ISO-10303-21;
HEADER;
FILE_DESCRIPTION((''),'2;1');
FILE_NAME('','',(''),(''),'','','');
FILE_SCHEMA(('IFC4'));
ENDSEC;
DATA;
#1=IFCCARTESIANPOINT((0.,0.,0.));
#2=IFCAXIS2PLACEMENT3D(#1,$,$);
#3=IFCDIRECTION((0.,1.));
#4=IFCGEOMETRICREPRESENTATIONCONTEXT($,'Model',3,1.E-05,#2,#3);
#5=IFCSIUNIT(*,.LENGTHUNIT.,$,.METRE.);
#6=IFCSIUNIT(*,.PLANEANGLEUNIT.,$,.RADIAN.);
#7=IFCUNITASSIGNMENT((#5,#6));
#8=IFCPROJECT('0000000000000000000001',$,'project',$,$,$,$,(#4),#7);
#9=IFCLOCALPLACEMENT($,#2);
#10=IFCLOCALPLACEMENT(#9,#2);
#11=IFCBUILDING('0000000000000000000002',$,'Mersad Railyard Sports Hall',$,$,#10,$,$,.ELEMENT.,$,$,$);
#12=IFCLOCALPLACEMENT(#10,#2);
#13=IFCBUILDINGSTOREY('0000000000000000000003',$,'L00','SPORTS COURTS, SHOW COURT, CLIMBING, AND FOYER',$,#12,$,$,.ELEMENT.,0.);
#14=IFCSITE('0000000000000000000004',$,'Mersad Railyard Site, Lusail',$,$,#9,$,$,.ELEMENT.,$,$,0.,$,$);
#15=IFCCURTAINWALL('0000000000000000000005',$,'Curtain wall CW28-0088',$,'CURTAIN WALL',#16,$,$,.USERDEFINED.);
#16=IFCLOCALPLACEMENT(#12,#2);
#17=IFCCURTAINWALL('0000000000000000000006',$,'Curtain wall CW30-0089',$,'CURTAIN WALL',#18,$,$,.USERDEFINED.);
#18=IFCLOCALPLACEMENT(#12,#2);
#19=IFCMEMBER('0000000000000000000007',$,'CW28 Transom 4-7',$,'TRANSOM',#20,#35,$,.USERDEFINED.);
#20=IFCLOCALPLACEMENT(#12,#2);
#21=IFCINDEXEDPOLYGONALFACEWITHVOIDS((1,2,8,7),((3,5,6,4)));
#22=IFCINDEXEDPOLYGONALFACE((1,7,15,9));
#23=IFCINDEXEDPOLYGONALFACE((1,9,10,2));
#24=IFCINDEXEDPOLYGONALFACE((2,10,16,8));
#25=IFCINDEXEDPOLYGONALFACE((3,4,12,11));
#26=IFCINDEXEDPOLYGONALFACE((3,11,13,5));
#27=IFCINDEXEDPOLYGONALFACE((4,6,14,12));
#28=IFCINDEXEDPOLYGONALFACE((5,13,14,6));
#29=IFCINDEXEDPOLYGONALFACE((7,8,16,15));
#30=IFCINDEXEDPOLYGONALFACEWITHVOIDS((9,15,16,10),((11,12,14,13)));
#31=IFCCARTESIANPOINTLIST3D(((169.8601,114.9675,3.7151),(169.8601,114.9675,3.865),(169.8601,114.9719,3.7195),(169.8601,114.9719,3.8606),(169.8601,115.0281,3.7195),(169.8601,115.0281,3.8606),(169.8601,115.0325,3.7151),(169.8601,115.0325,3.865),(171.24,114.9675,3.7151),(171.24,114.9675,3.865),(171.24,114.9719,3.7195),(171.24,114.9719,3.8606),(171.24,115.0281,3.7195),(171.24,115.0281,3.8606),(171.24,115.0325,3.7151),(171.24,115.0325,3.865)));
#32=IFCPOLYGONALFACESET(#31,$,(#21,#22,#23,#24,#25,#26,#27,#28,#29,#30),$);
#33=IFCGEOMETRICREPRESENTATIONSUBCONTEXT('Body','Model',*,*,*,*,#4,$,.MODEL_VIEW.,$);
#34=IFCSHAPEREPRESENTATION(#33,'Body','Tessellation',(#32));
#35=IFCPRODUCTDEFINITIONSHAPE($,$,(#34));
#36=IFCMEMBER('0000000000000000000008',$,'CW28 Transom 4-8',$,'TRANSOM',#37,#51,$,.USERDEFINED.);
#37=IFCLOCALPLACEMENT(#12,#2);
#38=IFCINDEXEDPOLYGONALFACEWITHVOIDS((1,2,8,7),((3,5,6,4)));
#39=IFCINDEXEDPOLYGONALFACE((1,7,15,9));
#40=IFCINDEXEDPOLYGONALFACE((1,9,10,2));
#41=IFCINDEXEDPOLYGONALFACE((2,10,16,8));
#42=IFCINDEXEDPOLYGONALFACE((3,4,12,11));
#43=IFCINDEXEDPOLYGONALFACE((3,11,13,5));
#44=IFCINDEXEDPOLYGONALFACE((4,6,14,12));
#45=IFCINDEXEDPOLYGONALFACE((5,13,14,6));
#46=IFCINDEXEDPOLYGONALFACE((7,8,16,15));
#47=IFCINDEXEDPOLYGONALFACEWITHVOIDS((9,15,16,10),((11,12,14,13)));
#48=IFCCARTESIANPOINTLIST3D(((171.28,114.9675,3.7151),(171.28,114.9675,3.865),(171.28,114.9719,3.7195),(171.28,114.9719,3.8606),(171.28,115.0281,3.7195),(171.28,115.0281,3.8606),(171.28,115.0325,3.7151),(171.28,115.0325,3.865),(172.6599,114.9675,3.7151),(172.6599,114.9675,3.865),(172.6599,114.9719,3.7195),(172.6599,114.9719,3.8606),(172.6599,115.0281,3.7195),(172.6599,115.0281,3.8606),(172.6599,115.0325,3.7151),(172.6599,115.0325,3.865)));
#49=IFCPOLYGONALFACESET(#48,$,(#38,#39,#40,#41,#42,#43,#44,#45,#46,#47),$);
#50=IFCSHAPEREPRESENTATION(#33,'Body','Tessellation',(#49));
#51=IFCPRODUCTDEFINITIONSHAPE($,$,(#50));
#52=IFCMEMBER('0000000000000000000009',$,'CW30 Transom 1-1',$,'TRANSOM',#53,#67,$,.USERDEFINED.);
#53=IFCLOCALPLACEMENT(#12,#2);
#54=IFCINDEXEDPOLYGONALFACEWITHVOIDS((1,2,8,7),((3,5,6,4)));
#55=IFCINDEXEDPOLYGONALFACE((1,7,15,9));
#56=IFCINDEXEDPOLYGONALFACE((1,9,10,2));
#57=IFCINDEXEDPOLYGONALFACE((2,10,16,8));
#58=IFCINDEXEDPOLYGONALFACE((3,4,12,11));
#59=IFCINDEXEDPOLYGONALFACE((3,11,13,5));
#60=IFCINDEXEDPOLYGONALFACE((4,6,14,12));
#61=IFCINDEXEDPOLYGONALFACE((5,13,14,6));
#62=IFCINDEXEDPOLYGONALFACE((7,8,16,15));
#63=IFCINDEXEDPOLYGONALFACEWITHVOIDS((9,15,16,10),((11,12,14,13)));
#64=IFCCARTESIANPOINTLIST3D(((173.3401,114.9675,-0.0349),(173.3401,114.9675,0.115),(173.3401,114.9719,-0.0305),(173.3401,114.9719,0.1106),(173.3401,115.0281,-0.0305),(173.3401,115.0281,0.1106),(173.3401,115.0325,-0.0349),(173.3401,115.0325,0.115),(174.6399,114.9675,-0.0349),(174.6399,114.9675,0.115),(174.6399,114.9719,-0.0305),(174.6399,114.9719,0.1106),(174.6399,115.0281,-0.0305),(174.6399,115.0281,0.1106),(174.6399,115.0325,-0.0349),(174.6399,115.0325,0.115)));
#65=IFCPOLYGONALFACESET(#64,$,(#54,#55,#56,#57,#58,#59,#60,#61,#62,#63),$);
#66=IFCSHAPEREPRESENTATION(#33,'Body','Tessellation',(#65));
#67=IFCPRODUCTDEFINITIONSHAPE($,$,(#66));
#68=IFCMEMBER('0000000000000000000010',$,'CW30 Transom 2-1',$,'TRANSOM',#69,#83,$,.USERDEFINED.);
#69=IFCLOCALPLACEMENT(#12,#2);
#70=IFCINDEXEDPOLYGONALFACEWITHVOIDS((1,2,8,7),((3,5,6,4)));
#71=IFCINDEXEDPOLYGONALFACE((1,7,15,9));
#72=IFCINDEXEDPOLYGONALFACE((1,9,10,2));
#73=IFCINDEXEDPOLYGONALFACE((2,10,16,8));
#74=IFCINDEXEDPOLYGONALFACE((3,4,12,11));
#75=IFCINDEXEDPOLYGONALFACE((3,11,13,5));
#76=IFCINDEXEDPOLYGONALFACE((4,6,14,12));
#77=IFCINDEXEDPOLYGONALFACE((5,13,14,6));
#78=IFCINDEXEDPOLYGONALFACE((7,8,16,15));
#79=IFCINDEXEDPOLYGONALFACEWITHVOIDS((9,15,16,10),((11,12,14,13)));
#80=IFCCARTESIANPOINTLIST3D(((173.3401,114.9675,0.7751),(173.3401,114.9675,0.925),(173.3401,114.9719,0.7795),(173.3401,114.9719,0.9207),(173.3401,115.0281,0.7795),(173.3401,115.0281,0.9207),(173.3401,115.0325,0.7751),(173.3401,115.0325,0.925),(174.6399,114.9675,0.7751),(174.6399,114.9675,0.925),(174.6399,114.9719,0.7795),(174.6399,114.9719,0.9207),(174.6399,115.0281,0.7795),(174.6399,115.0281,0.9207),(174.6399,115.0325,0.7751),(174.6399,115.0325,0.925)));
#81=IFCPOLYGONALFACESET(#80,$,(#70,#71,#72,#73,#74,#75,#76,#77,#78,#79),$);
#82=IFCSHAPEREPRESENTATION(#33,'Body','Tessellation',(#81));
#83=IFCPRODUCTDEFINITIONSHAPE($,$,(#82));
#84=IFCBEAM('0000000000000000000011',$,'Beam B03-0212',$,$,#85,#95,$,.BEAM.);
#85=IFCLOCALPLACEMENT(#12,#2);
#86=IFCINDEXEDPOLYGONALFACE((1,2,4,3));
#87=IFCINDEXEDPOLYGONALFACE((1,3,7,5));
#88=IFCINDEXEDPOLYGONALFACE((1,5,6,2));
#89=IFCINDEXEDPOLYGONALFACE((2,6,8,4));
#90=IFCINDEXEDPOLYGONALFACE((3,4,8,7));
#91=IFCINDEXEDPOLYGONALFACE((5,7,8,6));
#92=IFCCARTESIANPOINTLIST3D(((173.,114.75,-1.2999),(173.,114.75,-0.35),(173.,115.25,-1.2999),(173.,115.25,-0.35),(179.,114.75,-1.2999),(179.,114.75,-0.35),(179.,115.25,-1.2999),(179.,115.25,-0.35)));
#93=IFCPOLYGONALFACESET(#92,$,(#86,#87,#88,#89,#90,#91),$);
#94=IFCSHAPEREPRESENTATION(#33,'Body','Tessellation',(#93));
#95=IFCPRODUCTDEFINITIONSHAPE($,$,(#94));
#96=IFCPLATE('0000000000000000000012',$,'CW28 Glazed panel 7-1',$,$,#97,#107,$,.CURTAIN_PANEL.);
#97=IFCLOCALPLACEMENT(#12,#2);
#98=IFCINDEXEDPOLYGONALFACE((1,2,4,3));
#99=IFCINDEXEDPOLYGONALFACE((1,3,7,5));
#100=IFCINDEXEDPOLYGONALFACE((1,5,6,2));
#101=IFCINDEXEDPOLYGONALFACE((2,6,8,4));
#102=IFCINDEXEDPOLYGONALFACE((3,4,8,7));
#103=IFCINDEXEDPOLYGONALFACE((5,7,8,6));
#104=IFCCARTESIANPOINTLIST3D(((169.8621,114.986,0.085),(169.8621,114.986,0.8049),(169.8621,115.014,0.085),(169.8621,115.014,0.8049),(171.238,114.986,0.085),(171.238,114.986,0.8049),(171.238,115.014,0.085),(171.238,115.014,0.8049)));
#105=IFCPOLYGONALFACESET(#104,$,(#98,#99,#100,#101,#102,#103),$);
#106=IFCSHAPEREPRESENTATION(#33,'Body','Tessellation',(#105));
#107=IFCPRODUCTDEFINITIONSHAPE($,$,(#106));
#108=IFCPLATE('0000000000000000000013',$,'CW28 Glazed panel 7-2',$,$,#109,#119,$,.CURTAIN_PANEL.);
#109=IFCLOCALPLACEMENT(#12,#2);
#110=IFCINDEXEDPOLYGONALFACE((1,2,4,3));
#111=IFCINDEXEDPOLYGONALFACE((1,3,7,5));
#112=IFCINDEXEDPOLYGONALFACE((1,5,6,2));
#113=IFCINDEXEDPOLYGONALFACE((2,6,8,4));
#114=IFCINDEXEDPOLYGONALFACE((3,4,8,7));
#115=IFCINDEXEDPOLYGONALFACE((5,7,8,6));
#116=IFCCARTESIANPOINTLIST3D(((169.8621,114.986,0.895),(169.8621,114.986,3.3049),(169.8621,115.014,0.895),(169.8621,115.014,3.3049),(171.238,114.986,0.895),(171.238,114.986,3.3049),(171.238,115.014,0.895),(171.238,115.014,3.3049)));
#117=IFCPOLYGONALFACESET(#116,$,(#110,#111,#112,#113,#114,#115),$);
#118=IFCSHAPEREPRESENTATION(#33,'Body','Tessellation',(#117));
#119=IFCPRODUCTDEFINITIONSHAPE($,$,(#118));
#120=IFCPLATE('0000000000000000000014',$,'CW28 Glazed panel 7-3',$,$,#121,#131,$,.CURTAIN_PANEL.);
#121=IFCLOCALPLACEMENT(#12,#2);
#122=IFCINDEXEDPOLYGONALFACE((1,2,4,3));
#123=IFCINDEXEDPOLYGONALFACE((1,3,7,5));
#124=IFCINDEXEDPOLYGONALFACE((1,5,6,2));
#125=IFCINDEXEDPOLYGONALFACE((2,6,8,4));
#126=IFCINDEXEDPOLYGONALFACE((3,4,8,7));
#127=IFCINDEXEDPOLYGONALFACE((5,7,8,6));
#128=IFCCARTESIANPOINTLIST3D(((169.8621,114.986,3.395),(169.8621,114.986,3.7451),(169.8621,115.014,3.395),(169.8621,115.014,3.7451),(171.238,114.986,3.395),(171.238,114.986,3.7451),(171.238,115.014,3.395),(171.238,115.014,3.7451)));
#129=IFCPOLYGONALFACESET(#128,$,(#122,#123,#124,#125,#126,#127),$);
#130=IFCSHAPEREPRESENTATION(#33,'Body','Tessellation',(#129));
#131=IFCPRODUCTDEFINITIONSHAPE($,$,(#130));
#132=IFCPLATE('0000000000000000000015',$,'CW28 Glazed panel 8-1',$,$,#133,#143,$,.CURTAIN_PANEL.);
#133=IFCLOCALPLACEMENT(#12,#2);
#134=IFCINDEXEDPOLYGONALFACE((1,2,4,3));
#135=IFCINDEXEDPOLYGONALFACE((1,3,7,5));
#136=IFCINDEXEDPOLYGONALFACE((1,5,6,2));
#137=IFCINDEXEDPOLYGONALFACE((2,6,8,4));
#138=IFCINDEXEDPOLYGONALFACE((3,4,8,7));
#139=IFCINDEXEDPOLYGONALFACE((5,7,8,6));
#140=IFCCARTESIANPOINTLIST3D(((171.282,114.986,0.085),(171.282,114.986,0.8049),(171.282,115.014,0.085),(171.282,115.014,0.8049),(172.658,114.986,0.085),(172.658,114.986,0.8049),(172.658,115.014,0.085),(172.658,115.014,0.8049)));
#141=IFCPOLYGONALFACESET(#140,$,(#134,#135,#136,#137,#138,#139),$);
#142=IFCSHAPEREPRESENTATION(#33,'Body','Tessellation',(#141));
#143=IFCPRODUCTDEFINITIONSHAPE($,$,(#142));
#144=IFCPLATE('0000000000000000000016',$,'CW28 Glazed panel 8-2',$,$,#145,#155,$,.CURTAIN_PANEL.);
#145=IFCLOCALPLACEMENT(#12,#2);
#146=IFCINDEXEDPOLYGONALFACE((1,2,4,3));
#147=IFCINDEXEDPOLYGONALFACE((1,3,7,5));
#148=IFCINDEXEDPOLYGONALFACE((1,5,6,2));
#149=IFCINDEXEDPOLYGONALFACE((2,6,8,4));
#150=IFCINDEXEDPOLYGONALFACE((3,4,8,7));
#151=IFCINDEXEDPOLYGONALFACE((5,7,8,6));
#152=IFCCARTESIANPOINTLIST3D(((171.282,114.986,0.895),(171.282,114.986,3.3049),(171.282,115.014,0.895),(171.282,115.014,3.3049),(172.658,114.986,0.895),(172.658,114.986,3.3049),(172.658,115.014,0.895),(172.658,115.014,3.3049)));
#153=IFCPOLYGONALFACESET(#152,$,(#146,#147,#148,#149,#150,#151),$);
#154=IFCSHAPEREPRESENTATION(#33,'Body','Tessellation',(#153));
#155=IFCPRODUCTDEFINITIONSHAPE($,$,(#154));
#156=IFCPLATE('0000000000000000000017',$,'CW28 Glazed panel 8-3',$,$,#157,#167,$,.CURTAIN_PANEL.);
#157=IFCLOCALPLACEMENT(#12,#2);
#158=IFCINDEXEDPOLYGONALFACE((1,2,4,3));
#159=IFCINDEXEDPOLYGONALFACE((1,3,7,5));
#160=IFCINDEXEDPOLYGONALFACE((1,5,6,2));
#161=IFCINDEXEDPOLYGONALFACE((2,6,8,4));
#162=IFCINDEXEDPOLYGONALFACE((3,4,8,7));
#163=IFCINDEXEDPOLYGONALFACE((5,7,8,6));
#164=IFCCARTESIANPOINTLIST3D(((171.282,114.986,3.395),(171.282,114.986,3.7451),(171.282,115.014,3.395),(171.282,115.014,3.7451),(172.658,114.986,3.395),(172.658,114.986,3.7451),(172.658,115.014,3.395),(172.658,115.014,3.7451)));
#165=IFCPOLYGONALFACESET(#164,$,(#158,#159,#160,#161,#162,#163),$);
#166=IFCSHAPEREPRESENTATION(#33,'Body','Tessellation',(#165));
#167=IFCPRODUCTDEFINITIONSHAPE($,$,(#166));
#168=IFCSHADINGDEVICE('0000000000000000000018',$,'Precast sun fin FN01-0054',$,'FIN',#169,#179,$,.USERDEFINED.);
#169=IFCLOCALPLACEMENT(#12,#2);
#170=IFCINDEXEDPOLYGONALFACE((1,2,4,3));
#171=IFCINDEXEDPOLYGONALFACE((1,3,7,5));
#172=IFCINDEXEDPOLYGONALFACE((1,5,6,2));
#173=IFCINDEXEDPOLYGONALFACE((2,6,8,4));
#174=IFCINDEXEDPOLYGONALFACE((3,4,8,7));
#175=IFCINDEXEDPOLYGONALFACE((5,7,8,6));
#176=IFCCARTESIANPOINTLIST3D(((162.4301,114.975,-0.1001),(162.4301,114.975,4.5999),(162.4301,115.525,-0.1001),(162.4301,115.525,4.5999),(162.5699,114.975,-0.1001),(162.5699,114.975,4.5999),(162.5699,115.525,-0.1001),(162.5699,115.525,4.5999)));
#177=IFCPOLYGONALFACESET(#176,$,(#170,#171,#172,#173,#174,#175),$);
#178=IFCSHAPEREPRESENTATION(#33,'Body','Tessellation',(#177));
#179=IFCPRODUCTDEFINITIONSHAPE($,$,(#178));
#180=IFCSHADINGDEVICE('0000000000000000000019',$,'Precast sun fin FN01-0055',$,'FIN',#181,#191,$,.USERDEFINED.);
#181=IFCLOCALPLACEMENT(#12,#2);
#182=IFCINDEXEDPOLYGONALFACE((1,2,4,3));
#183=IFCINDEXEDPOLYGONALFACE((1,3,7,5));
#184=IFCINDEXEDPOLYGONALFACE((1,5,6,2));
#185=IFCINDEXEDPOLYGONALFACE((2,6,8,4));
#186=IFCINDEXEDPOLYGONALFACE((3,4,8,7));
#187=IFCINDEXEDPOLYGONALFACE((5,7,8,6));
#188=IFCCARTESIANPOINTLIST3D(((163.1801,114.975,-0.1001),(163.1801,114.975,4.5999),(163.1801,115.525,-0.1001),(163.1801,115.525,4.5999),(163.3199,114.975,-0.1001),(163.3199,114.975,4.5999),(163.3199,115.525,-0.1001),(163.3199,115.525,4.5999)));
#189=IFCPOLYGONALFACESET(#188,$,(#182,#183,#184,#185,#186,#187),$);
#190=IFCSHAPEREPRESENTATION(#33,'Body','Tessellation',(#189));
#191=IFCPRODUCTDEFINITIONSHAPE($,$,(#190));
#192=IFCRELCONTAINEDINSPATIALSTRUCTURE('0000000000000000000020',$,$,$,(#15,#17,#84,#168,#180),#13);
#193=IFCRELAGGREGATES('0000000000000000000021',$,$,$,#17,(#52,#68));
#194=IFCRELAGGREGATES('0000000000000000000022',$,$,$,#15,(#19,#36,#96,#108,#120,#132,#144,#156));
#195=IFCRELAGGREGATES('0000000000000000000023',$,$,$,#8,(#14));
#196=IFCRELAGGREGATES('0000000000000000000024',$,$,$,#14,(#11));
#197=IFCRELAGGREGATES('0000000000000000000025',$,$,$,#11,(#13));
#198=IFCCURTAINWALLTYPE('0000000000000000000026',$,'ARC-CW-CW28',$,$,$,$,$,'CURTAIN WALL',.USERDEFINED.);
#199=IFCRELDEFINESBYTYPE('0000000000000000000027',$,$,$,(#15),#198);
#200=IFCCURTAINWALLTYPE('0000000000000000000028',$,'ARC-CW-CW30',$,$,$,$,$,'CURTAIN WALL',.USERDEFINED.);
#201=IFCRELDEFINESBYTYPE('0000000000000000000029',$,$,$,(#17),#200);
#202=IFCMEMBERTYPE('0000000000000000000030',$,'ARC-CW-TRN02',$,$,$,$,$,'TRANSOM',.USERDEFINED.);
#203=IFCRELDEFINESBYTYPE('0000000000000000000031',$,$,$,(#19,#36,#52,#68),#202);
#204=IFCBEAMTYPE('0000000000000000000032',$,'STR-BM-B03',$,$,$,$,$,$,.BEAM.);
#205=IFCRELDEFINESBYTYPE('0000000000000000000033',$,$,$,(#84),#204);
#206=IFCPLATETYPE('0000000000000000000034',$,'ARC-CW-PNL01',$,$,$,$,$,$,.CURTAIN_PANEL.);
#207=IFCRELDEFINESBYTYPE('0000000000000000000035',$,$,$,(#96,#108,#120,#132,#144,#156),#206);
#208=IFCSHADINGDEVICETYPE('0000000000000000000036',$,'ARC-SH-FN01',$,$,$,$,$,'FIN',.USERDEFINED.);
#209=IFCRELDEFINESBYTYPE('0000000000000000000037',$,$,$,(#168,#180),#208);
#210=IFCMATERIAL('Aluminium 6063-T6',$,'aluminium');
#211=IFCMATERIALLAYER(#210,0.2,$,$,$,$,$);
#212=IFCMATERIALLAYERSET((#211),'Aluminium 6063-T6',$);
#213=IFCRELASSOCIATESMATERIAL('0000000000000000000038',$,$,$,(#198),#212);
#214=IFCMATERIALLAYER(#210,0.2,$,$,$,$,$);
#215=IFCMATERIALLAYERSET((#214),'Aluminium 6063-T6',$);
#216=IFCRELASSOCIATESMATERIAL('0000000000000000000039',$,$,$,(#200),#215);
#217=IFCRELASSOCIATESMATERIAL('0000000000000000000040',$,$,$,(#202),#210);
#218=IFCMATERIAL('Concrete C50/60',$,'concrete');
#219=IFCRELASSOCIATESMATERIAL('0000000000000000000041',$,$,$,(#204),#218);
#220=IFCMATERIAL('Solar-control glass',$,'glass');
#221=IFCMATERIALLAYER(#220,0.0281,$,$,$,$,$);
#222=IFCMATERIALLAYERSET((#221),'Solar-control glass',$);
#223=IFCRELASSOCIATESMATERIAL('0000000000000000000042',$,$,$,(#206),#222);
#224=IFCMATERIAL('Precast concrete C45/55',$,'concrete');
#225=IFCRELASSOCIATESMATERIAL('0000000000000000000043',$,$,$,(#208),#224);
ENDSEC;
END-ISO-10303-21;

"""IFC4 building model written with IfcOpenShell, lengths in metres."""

from ifc_helpers import new_model, si_unit, direction, frame, origin, origin_2d, place, context, subcontext, project, spatial, rectangle, hollow_rectangle, extrude, material, layer, layer_set, material_profile, profile_set, type_object, element, aggregate, save


model = new_model("IFC4")

# Units and contexts
model_context = context("Model", 3, precision=1e-05, world=origin(), true_north=direction((0.0, 1.0)))
body_context = subcontext(model_context, "Body", "Model", "MODEL_VIEW")
ifc_project = project(units=[si_unit("LENGTHUNIT", "METRE"), si_unit("PLANEANGLEUNIT", "RADIAN")], contexts=[model_context])

# Site, building, storey
site_placement = place(None, origin())
site = spatial("IfcSite", under=ifc_project, at=site_placement, Name="Mersad Railyard Site, Lusail", CompositionType="ELEMENT", RefElevation=0.0)
building_placement = place(site_placement, origin())
building = spatial("IfcBuilding", under=site, at=building_placement, Name="Mersad Railyard Sports Hall", CompositionType="ELEMENT")
storey_placement = place(building_placement, origin())
storey = spatial("IfcBuildingStorey", under=building, at=storey_placement, Name="L00", Description="SPORTS COURTS, SHOW COURT, CLIMBING, AND FOYER", CompositionType="ELEMENT", Elevation=0.0)

# Shared definitions
ifc_material_1 = material(Name="Concrete C50/60", Category="concrete")

# Curtain wall
ifc_material_2 = material(Name="Aluminium 6063-T6", Category="aluminium")
ifc_layer_1 = layer(ifc_material_2, 0.2)
ifc_layer_set_1 = layer_set([ifc_layer_1], Name="Aluminium 6063-T6")
curtain_wall_type_1 = type_object("IfcCurtainWallType", Name="ARC-CW-CW28", ElementType="CURTAIN WALL", PredefinedType="USERDEFINED", material=ifc_layer_set_1)
curtain_wall_1_placement = place(storey_placement, origin())
curtain_wall_1 = element("IfcCurtainWall", 1, at=curtain_wall_1_placement, inside=storey, type_object=curtain_wall_type_1, Name="Curtain wall CW28-0088", ObjectType="CURTAIN WALL", PredefinedType="USERDEFINED")

# Curtain wall
ifc_layer_2 = layer(ifc_material_2, 0.2)
ifc_layer_set_2 = layer_set([ifc_layer_2], Name="Aluminium 6063-T6")
curtain_wall_type_2 = type_object("IfcCurtainWallType", Name="ARC-CW-CW30", ElementType="CURTAIN WALL", PredefinedType="USERDEFINED", material=ifc_layer_set_2)
curtain_wall_2_placement = place(storey_placement, origin())
curtain_wall_2 = element("IfcCurtainWall", 2, at=curtain_wall_2_placement, inside=storey, type_object=curtain_wall_type_2, Name="Curtain wall CW30-0089", ObjectType="CURTAIN WALL", PredefinedType="USERDEFINED")

# Members
ifc_material_profile_1 = material_profile(ifc_material_2, hollow_rectangle(XDim=0.0649, YDim=0.1499, WallThickness=0.0044, at=origin_2d()), Name="AL TRANSOM 65x150x4.5")
ifc_profile_set_1 = profile_set([ifc_material_profile_1], Name="Aluminium 6063-T6")
member_type_1 = type_object("IfcMemberType", Name="ARC-CW-TRN02", ElementType="TRANSOM", PredefinedType="USERDEFINED", material=ifc_profile_set_1)
member_1_placement = place(storey_placement, frame((169.8601, 115.0, 3.79), z_axis=(1.0, 0.0, 0.0), x_axis=(0.0, 1.0, 0.0)))
member_1 = element("IfcMember", 3, at=member_1_placement, type_object=member_type_1, Name="CW28 Transom 4-7", ObjectType="TRANSOM", PredefinedType="USERDEFINED", context=body_context, shape_type="SweptSolid", body=[
    extrude(hollow_rectangle(XDim=0.0649, YDim=0.1499, WallThickness=0.0044, at=origin_2d()), origin(), (0.0, 0.0, 1.0), 1.3799),
])
member_2_placement = place(storey_placement, frame((171.28, 115.0, 3.79), z_axis=(1.0, 0.0, 0.0), x_axis=(0.0, 1.0, 0.0)))
member_2 = element("IfcMember", 4, at=member_2_placement, type_object=member_type_1, Name="CW28 Transom 4-8", ObjectType="TRANSOM", PredefinedType="USERDEFINED", context=body_context, shape_type="SweptSolid", body=[
    extrude(hollow_rectangle(XDim=0.0649, YDim=0.1499, WallThickness=0.0044, at=origin_2d()), origin(), (0.0, 0.0, 1.0), 1.3799),
])
member_3_placement = place(storey_placement, frame((173.3401, 115.0, 0.04), z_axis=(1.0, 0.0, 0.0), x_axis=(0.0, 1.0, 0.0)))
member_3 = element("IfcMember", 5, at=member_3_placement, type_object=member_type_1, Name="CW30 Transom 1-1", ObjectType="TRANSOM", PredefinedType="USERDEFINED", context=body_context, shape_type="SweptSolid", body=[
    extrude(hollow_rectangle(XDim=0.0649, YDim=0.1499, WallThickness=0.0044, at=origin_2d()), origin(), (0.0, 0.0, 1.0), 1.2998),
])
member_4_placement = place(storey_placement, frame((173.3401, 115.0, 0.8501), z_axis=(1.0, 0.0, 0.0), x_axis=(0.0, 1.0, 0.0)))
member_4 = element("IfcMember", 6, at=member_4_placement, type_object=member_type_1, Name="CW30 Transom 2-1", ObjectType="TRANSOM", PredefinedType="USERDEFINED", context=body_context, shape_type="SweptSolid", body=[
    extrude(hollow_rectangle(XDim=0.0649, YDim=0.1499, WallThickness=0.0044, at=origin_2d()), origin(), (0.0, 0.0, 1.0), 1.2998),
])
aggregate(curtain_wall_2, [member_3, member_4])

# Beam
ifc_material_profile_2 = material_profile(ifc_material_1, rectangle(XDim=0.5, YDim=0.95, at=origin_2d()), Name="RC 500x950")
ifc_profile_set_2 = profile_set([ifc_material_profile_2], Name="Concrete C50/60")
beam_type = type_object("IfcBeamType", Name="STR-BM-B03", PredefinedType="BEAM", material=ifc_profile_set_2)
beam_placement = place(storey_placement, frame((173.0, 115.0, -0.825), z_axis=(1.0, 0.0, 0.0), x_axis=(0.0, 1.0, 0.0)))
element("IfcBeam", 7, at=beam_placement, inside=storey, type_object=beam_type, Name="Beam B03-0212", PredefinedType="BEAM", context=body_context, shape_type="SweptSolid", body=[
    extrude(rectangle(XDim=0.5, YDim=0.95, at=origin_2d()), origin(), (0.0, 0.0, 1.0), 6.0),
])

# Plates
ifc_material_3 = material(Name="Solar-control glass", Category="glass")
ifc_layer_3 = layer(ifc_material_3, 0.0281)
ifc_layer_set_3 = layer_set([ifc_layer_3], Name="Solar-control glass")
plate_type = type_object("IfcPlateType", Name="ARC-CW-PNL01", PredefinedType="CURTAIN_PANEL", material=ifc_layer_set_3)
plate_1_placement = place(storey_placement, frame((170.55, 115.0, 0.085), z_axis=(0.0, 0.0, 1.0), x_axis=(1.0, 0.0, 0.0)))
plate_1 = element("IfcPlate", 8, at=plate_1_placement, type_object=plate_type, Name="CW28 Glazed panel 7-1", PredefinedType="CURTAIN_PANEL", context=body_context, shape_type="SweptSolid", body=[
    extrude(rectangle(XDim=1.376, YDim=0.0281, at=origin_2d()), origin(), (0.0, 0.0, 1.0), 0.72),
])
plate_2_placement = place(storey_placement, frame((170.55, 115.0, 0.895), z_axis=(0.0, 0.0, 1.0), x_axis=(1.0, 0.0, 0.0)))
plate_2 = element("IfcPlate", 9, at=plate_2_placement, type_object=plate_type, Name="CW28 Glazed panel 7-2", PredefinedType="CURTAIN_PANEL", context=body_context, shape_type="SweptSolid", body=[
    extrude(rectangle(XDim=1.376, YDim=0.0281, at=origin_2d()), origin(), (0.0, 0.0, 1.0), 2.4099),
])
plate_3_placement = place(storey_placement, frame((170.55, 115.0, 3.395), z_axis=(0.0, 0.0, 1.0), x_axis=(1.0, 0.0, 0.0)))
plate_3 = element("IfcPlate", 10, at=plate_3_placement, type_object=plate_type, Name="CW28 Glazed panel 7-3", PredefinedType="CURTAIN_PANEL", context=body_context, shape_type="SweptSolid", body=[
    extrude(rectangle(XDim=1.376, YDim=0.0281, at=origin_2d()), origin(), (0.0, 0.0, 1.0), 0.3501),
])
plate_4_placement = place(storey_placement, frame((171.97, 115.0, 0.085), z_axis=(0.0, 0.0, 1.0), x_axis=(1.0, 0.0, 0.0)))
plate_4 = element("IfcPlate", 11, at=plate_4_placement, type_object=plate_type, Name="CW28 Glazed panel 8-1", PredefinedType="CURTAIN_PANEL", context=body_context, shape_type="SweptSolid", body=[
    extrude(rectangle(XDim=1.376, YDim=0.0281, at=origin_2d()), origin(), (0.0, 0.0, 1.0), 0.72),
])
plate_5_placement = place(storey_placement, frame((171.97, 115.0, 0.895), z_axis=(0.0, 0.0, 1.0), x_axis=(1.0, 0.0, 0.0)))
plate_5 = element("IfcPlate", 12, at=plate_5_placement, type_object=plate_type, Name="CW28 Glazed panel 8-2", PredefinedType="CURTAIN_PANEL", context=body_context, shape_type="SweptSolid", body=[
    extrude(rectangle(XDim=1.376, YDim=0.0281, at=origin_2d()), origin(), (0.0, 0.0, 1.0), 2.4099),
])
plate_6_placement = place(storey_placement, frame((171.97, 115.0, 3.395), z_axis=(0.0, 0.0, 1.0), x_axis=(1.0, 0.0, 0.0)))
plate_6 = element("IfcPlate", 13, at=plate_6_placement, type_object=plate_type, Name="CW28 Glazed panel 8-3", PredefinedType="CURTAIN_PANEL", context=body_context, shape_type="SweptSolid", body=[
    extrude(rectangle(XDim=1.376, YDim=0.0281, at=origin_2d()), origin(), (0.0, 0.0, 1.0), 0.3501),
])
aggregate(curtain_wall_1, [member_1, member_2, plate_1, plate_2, plate_3, plate_4, plate_5, plate_6])

# Shading devices
ifc_material_4 = material(Name="Precast concrete C45/55", Category="concrete")
shading_device_type = type_object("IfcShadingDeviceType", Name="ARC-SH-FN01", ElementType="FIN", PredefinedType="USERDEFINED", material=ifc_material_4)
for number, where, z_axis, x_axis, name in (
    (14, (162.5, 115.25, -0.1001), (0.0, 0.0, 1.0), (1.0, 0.0, 0.0), "Precast sun fin FN01-0054"),
    (15, (163.25, 115.25, -0.1001), (0.0, 0.0, 1.0), (1.0, 0.0, 0.0), "Precast sun fin FN01-0055"),
):
    element("IfcShadingDevice", number, at=place(storey_placement, frame(where, z_axis=z_axis, x_axis=x_axis)), inside=storey, type_object=shading_device_type, Name=name, ObjectType="FIN", PredefinedType="USERDEFINED", context=body_context, shape_type="SweptSolid", body=[
        extrude(rectangle(XDim=0.1399, YDim=0.55, at=origin_2d()), origin(), (0.0, 0.0, 1.0), 4.7),
    ])

save(model, "model.ifc")
